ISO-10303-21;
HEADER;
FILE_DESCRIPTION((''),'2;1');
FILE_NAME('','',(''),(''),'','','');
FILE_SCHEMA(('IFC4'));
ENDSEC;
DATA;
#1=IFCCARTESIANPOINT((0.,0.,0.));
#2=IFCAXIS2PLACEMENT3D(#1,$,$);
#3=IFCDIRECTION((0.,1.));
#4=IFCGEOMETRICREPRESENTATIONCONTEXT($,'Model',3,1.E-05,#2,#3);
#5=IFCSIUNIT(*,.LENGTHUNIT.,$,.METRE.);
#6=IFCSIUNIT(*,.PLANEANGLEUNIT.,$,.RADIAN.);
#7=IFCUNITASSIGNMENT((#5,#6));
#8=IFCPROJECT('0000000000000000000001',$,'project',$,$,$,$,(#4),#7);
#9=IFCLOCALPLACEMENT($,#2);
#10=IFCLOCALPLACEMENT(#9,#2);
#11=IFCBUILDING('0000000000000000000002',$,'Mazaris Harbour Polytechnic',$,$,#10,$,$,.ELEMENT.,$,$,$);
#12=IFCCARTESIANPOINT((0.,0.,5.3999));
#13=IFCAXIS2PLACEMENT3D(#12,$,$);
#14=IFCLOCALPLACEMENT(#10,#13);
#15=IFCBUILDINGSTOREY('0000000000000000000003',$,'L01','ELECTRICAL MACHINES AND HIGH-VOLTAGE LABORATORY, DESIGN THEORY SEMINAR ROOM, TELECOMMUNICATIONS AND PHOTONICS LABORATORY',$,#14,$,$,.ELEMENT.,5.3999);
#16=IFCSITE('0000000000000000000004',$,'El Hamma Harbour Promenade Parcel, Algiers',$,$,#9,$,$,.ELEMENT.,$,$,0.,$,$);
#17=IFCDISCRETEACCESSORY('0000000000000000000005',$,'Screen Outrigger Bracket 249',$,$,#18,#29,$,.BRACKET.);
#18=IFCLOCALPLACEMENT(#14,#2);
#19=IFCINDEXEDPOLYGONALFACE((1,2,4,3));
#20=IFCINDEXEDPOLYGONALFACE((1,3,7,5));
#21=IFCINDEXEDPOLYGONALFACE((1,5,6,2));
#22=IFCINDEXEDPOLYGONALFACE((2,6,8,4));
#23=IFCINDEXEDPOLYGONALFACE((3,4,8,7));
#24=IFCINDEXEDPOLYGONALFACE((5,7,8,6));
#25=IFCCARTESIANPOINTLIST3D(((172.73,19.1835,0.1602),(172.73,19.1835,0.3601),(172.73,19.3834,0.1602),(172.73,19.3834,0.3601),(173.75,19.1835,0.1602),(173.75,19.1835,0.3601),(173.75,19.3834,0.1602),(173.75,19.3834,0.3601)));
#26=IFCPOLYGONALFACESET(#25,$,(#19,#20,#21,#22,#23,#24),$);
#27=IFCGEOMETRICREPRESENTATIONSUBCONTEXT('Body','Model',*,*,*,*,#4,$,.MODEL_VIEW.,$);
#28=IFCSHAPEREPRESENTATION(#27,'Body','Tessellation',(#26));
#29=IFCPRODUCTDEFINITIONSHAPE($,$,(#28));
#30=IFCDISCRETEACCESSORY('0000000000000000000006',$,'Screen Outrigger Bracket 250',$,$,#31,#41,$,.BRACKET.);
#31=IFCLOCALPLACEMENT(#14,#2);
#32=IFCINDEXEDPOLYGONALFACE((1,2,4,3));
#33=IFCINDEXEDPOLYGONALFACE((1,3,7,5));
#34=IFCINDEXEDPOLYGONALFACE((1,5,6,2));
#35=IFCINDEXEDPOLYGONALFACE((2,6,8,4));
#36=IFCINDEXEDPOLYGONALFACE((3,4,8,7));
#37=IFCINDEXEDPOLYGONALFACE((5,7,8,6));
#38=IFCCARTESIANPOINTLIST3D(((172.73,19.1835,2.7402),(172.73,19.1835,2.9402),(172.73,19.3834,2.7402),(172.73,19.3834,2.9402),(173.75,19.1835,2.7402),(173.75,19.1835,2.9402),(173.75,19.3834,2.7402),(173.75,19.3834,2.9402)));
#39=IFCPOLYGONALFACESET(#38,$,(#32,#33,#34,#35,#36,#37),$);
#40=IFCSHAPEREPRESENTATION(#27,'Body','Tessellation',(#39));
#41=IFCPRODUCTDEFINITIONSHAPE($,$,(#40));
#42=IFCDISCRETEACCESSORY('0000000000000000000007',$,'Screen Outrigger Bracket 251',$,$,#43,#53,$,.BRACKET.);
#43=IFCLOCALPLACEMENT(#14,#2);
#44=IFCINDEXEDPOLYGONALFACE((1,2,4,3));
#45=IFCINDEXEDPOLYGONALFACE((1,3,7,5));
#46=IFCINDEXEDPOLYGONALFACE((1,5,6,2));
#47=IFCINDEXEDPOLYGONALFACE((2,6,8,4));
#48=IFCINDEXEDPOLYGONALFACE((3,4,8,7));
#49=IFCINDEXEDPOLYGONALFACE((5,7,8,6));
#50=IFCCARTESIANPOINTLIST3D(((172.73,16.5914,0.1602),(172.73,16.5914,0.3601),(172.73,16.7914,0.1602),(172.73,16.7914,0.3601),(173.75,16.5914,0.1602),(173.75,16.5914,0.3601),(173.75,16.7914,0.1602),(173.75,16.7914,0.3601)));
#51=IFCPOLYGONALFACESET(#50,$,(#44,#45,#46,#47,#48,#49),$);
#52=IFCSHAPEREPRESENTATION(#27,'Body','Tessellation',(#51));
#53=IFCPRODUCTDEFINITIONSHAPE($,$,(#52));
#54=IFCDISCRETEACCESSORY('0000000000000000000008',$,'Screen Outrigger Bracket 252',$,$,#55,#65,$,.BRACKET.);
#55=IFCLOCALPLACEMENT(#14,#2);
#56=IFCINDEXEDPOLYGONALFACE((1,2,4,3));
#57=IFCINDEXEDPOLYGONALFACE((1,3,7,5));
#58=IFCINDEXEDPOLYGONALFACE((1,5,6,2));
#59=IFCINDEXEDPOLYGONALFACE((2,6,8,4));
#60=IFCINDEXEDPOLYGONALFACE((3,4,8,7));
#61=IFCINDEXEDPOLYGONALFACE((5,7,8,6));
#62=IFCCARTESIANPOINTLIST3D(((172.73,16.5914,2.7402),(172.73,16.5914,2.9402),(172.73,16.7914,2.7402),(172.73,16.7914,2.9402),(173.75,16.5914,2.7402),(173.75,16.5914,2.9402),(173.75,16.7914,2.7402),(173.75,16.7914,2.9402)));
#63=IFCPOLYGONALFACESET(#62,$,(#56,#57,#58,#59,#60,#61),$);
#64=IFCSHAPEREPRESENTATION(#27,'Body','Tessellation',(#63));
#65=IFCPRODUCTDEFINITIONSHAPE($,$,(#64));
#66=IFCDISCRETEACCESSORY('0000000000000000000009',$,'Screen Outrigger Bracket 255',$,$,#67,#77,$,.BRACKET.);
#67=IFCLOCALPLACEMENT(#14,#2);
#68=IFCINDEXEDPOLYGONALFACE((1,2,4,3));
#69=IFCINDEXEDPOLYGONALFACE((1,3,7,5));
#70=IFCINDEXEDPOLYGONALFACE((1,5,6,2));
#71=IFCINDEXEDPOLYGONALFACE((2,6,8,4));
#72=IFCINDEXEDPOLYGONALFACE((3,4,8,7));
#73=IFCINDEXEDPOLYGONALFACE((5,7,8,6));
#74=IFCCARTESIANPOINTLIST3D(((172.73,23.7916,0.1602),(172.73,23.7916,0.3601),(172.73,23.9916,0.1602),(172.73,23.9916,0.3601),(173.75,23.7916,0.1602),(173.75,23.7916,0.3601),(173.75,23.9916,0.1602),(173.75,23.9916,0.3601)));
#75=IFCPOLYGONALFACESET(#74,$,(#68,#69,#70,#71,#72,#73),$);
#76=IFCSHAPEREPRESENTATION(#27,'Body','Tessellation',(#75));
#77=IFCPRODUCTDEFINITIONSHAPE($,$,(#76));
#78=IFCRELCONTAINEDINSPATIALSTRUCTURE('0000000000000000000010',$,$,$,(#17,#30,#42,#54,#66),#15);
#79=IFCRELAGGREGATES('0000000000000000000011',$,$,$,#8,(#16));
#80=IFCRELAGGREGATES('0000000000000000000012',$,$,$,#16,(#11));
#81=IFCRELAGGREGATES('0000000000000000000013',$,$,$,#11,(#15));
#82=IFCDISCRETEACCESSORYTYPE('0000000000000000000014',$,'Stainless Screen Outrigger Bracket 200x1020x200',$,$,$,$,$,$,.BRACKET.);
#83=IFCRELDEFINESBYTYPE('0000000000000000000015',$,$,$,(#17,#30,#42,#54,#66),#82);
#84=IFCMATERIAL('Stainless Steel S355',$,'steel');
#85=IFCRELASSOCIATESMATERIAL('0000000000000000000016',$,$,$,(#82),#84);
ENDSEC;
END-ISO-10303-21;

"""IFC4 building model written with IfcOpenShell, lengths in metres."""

from ifc_helpers import new_model, si_unit, direction, frame, origin, origin_2d, place, context, subcontext, project, spatial, rectangle, extrude, material, type_object, element, save


model = new_model("IFC4")

# Units and contexts
model_context = context("Model", 3, precision=1e-05, world=origin(), true_north=direction((0.0, 1.0)))
body_context = subcontext(model_context, "Body", "Model", "MODEL_VIEW")
ifc_project = project(units=[si_unit("LENGTHUNIT", "METRE"), si_unit("PLANEANGLEUNIT", "RADIAN")], contexts=[model_context])

# Site, building, storey
site_placement = place(None, origin())
site = spatial("IfcSite", under=ifc_project, at=site_placement, Name="El Hamma Harbour Promenade Parcel, Algiers", CompositionType="ELEMENT", RefElevation=0.0)
building_placement = place(site_placement, origin())
building = spatial("IfcBuilding", under=site, at=building_placement, Name="Mazaris Harbour Polytechnic", CompositionType="ELEMENT")
storey_placement = place(building_placement, frame((0.0, 0.0, 5.3999)))
storey = spatial("IfcBuildingStorey", under=building, at=storey_placement, Name="L01", Description="ELECTRICAL MACHINES AND HIGH-VOLTAGE LABORATORY, DESIGN THEORY SEMINAR ROOM, TELECOMMUNICATIONS AND PHOTONICS LABORATORY", CompositionType="ELEMENT", Elevation=5.3999)

# Discrete accessories
ifc_material_1 = material(Name="Stainless Steel S355", Category="steel")
discrete_accessory_type = type_object("IfcDiscreteAccessoryType", Name="Stainless Screen Outrigger Bracket 200x1020x200", PredefinedType="BRACKET", material=ifc_material_1)
for number, where, z_axis, x_axis, name in (
    (1, (173.24, 19.2834, 0.1602), (0.0, 0.0, 1.0), (0.0, -1.0, 0.0), "Screen Outrigger Bracket 249"),
    (2, (173.24, 19.2834, 2.7402), (0.0, 0.0, 1.0), (0.0, -1.0, 0.0), "Screen Outrigger Bracket 250"),
    (3, (173.24, 16.6914, 0.1602), (0.0, 0.0, 1.0), (0.0, -1.0, 0.0), "Screen Outrigger Bracket 251"),
    (4, (173.24, 16.6914, 2.7402), (0.0, 0.0, 1.0), (0.0, -1.0, 0.0), "Screen Outrigger Bracket 252"),
    (5, (173.24, 23.8916, 0.1602), (0.0, 0.0, 1.0), (0.0, -1.0, 0.0), "Screen Outrigger Bracket 255"),
):
    element("IfcDiscreteAccessory", number, at=place(storey_placement, frame(where, z_axis=z_axis, x_axis=x_axis)), inside=storey, type_object=discrete_accessory_type, Name=name, PredefinedType="BRACKET", context=body_context, shape_type="SweptSolid", body=[
        extrude(rectangle(XDim=0.2, YDim=1.02, at=origin_2d()), origin(), (0.0, 0.0, 1.0), 0.2),
    ])

save(model, "model.ifc")
